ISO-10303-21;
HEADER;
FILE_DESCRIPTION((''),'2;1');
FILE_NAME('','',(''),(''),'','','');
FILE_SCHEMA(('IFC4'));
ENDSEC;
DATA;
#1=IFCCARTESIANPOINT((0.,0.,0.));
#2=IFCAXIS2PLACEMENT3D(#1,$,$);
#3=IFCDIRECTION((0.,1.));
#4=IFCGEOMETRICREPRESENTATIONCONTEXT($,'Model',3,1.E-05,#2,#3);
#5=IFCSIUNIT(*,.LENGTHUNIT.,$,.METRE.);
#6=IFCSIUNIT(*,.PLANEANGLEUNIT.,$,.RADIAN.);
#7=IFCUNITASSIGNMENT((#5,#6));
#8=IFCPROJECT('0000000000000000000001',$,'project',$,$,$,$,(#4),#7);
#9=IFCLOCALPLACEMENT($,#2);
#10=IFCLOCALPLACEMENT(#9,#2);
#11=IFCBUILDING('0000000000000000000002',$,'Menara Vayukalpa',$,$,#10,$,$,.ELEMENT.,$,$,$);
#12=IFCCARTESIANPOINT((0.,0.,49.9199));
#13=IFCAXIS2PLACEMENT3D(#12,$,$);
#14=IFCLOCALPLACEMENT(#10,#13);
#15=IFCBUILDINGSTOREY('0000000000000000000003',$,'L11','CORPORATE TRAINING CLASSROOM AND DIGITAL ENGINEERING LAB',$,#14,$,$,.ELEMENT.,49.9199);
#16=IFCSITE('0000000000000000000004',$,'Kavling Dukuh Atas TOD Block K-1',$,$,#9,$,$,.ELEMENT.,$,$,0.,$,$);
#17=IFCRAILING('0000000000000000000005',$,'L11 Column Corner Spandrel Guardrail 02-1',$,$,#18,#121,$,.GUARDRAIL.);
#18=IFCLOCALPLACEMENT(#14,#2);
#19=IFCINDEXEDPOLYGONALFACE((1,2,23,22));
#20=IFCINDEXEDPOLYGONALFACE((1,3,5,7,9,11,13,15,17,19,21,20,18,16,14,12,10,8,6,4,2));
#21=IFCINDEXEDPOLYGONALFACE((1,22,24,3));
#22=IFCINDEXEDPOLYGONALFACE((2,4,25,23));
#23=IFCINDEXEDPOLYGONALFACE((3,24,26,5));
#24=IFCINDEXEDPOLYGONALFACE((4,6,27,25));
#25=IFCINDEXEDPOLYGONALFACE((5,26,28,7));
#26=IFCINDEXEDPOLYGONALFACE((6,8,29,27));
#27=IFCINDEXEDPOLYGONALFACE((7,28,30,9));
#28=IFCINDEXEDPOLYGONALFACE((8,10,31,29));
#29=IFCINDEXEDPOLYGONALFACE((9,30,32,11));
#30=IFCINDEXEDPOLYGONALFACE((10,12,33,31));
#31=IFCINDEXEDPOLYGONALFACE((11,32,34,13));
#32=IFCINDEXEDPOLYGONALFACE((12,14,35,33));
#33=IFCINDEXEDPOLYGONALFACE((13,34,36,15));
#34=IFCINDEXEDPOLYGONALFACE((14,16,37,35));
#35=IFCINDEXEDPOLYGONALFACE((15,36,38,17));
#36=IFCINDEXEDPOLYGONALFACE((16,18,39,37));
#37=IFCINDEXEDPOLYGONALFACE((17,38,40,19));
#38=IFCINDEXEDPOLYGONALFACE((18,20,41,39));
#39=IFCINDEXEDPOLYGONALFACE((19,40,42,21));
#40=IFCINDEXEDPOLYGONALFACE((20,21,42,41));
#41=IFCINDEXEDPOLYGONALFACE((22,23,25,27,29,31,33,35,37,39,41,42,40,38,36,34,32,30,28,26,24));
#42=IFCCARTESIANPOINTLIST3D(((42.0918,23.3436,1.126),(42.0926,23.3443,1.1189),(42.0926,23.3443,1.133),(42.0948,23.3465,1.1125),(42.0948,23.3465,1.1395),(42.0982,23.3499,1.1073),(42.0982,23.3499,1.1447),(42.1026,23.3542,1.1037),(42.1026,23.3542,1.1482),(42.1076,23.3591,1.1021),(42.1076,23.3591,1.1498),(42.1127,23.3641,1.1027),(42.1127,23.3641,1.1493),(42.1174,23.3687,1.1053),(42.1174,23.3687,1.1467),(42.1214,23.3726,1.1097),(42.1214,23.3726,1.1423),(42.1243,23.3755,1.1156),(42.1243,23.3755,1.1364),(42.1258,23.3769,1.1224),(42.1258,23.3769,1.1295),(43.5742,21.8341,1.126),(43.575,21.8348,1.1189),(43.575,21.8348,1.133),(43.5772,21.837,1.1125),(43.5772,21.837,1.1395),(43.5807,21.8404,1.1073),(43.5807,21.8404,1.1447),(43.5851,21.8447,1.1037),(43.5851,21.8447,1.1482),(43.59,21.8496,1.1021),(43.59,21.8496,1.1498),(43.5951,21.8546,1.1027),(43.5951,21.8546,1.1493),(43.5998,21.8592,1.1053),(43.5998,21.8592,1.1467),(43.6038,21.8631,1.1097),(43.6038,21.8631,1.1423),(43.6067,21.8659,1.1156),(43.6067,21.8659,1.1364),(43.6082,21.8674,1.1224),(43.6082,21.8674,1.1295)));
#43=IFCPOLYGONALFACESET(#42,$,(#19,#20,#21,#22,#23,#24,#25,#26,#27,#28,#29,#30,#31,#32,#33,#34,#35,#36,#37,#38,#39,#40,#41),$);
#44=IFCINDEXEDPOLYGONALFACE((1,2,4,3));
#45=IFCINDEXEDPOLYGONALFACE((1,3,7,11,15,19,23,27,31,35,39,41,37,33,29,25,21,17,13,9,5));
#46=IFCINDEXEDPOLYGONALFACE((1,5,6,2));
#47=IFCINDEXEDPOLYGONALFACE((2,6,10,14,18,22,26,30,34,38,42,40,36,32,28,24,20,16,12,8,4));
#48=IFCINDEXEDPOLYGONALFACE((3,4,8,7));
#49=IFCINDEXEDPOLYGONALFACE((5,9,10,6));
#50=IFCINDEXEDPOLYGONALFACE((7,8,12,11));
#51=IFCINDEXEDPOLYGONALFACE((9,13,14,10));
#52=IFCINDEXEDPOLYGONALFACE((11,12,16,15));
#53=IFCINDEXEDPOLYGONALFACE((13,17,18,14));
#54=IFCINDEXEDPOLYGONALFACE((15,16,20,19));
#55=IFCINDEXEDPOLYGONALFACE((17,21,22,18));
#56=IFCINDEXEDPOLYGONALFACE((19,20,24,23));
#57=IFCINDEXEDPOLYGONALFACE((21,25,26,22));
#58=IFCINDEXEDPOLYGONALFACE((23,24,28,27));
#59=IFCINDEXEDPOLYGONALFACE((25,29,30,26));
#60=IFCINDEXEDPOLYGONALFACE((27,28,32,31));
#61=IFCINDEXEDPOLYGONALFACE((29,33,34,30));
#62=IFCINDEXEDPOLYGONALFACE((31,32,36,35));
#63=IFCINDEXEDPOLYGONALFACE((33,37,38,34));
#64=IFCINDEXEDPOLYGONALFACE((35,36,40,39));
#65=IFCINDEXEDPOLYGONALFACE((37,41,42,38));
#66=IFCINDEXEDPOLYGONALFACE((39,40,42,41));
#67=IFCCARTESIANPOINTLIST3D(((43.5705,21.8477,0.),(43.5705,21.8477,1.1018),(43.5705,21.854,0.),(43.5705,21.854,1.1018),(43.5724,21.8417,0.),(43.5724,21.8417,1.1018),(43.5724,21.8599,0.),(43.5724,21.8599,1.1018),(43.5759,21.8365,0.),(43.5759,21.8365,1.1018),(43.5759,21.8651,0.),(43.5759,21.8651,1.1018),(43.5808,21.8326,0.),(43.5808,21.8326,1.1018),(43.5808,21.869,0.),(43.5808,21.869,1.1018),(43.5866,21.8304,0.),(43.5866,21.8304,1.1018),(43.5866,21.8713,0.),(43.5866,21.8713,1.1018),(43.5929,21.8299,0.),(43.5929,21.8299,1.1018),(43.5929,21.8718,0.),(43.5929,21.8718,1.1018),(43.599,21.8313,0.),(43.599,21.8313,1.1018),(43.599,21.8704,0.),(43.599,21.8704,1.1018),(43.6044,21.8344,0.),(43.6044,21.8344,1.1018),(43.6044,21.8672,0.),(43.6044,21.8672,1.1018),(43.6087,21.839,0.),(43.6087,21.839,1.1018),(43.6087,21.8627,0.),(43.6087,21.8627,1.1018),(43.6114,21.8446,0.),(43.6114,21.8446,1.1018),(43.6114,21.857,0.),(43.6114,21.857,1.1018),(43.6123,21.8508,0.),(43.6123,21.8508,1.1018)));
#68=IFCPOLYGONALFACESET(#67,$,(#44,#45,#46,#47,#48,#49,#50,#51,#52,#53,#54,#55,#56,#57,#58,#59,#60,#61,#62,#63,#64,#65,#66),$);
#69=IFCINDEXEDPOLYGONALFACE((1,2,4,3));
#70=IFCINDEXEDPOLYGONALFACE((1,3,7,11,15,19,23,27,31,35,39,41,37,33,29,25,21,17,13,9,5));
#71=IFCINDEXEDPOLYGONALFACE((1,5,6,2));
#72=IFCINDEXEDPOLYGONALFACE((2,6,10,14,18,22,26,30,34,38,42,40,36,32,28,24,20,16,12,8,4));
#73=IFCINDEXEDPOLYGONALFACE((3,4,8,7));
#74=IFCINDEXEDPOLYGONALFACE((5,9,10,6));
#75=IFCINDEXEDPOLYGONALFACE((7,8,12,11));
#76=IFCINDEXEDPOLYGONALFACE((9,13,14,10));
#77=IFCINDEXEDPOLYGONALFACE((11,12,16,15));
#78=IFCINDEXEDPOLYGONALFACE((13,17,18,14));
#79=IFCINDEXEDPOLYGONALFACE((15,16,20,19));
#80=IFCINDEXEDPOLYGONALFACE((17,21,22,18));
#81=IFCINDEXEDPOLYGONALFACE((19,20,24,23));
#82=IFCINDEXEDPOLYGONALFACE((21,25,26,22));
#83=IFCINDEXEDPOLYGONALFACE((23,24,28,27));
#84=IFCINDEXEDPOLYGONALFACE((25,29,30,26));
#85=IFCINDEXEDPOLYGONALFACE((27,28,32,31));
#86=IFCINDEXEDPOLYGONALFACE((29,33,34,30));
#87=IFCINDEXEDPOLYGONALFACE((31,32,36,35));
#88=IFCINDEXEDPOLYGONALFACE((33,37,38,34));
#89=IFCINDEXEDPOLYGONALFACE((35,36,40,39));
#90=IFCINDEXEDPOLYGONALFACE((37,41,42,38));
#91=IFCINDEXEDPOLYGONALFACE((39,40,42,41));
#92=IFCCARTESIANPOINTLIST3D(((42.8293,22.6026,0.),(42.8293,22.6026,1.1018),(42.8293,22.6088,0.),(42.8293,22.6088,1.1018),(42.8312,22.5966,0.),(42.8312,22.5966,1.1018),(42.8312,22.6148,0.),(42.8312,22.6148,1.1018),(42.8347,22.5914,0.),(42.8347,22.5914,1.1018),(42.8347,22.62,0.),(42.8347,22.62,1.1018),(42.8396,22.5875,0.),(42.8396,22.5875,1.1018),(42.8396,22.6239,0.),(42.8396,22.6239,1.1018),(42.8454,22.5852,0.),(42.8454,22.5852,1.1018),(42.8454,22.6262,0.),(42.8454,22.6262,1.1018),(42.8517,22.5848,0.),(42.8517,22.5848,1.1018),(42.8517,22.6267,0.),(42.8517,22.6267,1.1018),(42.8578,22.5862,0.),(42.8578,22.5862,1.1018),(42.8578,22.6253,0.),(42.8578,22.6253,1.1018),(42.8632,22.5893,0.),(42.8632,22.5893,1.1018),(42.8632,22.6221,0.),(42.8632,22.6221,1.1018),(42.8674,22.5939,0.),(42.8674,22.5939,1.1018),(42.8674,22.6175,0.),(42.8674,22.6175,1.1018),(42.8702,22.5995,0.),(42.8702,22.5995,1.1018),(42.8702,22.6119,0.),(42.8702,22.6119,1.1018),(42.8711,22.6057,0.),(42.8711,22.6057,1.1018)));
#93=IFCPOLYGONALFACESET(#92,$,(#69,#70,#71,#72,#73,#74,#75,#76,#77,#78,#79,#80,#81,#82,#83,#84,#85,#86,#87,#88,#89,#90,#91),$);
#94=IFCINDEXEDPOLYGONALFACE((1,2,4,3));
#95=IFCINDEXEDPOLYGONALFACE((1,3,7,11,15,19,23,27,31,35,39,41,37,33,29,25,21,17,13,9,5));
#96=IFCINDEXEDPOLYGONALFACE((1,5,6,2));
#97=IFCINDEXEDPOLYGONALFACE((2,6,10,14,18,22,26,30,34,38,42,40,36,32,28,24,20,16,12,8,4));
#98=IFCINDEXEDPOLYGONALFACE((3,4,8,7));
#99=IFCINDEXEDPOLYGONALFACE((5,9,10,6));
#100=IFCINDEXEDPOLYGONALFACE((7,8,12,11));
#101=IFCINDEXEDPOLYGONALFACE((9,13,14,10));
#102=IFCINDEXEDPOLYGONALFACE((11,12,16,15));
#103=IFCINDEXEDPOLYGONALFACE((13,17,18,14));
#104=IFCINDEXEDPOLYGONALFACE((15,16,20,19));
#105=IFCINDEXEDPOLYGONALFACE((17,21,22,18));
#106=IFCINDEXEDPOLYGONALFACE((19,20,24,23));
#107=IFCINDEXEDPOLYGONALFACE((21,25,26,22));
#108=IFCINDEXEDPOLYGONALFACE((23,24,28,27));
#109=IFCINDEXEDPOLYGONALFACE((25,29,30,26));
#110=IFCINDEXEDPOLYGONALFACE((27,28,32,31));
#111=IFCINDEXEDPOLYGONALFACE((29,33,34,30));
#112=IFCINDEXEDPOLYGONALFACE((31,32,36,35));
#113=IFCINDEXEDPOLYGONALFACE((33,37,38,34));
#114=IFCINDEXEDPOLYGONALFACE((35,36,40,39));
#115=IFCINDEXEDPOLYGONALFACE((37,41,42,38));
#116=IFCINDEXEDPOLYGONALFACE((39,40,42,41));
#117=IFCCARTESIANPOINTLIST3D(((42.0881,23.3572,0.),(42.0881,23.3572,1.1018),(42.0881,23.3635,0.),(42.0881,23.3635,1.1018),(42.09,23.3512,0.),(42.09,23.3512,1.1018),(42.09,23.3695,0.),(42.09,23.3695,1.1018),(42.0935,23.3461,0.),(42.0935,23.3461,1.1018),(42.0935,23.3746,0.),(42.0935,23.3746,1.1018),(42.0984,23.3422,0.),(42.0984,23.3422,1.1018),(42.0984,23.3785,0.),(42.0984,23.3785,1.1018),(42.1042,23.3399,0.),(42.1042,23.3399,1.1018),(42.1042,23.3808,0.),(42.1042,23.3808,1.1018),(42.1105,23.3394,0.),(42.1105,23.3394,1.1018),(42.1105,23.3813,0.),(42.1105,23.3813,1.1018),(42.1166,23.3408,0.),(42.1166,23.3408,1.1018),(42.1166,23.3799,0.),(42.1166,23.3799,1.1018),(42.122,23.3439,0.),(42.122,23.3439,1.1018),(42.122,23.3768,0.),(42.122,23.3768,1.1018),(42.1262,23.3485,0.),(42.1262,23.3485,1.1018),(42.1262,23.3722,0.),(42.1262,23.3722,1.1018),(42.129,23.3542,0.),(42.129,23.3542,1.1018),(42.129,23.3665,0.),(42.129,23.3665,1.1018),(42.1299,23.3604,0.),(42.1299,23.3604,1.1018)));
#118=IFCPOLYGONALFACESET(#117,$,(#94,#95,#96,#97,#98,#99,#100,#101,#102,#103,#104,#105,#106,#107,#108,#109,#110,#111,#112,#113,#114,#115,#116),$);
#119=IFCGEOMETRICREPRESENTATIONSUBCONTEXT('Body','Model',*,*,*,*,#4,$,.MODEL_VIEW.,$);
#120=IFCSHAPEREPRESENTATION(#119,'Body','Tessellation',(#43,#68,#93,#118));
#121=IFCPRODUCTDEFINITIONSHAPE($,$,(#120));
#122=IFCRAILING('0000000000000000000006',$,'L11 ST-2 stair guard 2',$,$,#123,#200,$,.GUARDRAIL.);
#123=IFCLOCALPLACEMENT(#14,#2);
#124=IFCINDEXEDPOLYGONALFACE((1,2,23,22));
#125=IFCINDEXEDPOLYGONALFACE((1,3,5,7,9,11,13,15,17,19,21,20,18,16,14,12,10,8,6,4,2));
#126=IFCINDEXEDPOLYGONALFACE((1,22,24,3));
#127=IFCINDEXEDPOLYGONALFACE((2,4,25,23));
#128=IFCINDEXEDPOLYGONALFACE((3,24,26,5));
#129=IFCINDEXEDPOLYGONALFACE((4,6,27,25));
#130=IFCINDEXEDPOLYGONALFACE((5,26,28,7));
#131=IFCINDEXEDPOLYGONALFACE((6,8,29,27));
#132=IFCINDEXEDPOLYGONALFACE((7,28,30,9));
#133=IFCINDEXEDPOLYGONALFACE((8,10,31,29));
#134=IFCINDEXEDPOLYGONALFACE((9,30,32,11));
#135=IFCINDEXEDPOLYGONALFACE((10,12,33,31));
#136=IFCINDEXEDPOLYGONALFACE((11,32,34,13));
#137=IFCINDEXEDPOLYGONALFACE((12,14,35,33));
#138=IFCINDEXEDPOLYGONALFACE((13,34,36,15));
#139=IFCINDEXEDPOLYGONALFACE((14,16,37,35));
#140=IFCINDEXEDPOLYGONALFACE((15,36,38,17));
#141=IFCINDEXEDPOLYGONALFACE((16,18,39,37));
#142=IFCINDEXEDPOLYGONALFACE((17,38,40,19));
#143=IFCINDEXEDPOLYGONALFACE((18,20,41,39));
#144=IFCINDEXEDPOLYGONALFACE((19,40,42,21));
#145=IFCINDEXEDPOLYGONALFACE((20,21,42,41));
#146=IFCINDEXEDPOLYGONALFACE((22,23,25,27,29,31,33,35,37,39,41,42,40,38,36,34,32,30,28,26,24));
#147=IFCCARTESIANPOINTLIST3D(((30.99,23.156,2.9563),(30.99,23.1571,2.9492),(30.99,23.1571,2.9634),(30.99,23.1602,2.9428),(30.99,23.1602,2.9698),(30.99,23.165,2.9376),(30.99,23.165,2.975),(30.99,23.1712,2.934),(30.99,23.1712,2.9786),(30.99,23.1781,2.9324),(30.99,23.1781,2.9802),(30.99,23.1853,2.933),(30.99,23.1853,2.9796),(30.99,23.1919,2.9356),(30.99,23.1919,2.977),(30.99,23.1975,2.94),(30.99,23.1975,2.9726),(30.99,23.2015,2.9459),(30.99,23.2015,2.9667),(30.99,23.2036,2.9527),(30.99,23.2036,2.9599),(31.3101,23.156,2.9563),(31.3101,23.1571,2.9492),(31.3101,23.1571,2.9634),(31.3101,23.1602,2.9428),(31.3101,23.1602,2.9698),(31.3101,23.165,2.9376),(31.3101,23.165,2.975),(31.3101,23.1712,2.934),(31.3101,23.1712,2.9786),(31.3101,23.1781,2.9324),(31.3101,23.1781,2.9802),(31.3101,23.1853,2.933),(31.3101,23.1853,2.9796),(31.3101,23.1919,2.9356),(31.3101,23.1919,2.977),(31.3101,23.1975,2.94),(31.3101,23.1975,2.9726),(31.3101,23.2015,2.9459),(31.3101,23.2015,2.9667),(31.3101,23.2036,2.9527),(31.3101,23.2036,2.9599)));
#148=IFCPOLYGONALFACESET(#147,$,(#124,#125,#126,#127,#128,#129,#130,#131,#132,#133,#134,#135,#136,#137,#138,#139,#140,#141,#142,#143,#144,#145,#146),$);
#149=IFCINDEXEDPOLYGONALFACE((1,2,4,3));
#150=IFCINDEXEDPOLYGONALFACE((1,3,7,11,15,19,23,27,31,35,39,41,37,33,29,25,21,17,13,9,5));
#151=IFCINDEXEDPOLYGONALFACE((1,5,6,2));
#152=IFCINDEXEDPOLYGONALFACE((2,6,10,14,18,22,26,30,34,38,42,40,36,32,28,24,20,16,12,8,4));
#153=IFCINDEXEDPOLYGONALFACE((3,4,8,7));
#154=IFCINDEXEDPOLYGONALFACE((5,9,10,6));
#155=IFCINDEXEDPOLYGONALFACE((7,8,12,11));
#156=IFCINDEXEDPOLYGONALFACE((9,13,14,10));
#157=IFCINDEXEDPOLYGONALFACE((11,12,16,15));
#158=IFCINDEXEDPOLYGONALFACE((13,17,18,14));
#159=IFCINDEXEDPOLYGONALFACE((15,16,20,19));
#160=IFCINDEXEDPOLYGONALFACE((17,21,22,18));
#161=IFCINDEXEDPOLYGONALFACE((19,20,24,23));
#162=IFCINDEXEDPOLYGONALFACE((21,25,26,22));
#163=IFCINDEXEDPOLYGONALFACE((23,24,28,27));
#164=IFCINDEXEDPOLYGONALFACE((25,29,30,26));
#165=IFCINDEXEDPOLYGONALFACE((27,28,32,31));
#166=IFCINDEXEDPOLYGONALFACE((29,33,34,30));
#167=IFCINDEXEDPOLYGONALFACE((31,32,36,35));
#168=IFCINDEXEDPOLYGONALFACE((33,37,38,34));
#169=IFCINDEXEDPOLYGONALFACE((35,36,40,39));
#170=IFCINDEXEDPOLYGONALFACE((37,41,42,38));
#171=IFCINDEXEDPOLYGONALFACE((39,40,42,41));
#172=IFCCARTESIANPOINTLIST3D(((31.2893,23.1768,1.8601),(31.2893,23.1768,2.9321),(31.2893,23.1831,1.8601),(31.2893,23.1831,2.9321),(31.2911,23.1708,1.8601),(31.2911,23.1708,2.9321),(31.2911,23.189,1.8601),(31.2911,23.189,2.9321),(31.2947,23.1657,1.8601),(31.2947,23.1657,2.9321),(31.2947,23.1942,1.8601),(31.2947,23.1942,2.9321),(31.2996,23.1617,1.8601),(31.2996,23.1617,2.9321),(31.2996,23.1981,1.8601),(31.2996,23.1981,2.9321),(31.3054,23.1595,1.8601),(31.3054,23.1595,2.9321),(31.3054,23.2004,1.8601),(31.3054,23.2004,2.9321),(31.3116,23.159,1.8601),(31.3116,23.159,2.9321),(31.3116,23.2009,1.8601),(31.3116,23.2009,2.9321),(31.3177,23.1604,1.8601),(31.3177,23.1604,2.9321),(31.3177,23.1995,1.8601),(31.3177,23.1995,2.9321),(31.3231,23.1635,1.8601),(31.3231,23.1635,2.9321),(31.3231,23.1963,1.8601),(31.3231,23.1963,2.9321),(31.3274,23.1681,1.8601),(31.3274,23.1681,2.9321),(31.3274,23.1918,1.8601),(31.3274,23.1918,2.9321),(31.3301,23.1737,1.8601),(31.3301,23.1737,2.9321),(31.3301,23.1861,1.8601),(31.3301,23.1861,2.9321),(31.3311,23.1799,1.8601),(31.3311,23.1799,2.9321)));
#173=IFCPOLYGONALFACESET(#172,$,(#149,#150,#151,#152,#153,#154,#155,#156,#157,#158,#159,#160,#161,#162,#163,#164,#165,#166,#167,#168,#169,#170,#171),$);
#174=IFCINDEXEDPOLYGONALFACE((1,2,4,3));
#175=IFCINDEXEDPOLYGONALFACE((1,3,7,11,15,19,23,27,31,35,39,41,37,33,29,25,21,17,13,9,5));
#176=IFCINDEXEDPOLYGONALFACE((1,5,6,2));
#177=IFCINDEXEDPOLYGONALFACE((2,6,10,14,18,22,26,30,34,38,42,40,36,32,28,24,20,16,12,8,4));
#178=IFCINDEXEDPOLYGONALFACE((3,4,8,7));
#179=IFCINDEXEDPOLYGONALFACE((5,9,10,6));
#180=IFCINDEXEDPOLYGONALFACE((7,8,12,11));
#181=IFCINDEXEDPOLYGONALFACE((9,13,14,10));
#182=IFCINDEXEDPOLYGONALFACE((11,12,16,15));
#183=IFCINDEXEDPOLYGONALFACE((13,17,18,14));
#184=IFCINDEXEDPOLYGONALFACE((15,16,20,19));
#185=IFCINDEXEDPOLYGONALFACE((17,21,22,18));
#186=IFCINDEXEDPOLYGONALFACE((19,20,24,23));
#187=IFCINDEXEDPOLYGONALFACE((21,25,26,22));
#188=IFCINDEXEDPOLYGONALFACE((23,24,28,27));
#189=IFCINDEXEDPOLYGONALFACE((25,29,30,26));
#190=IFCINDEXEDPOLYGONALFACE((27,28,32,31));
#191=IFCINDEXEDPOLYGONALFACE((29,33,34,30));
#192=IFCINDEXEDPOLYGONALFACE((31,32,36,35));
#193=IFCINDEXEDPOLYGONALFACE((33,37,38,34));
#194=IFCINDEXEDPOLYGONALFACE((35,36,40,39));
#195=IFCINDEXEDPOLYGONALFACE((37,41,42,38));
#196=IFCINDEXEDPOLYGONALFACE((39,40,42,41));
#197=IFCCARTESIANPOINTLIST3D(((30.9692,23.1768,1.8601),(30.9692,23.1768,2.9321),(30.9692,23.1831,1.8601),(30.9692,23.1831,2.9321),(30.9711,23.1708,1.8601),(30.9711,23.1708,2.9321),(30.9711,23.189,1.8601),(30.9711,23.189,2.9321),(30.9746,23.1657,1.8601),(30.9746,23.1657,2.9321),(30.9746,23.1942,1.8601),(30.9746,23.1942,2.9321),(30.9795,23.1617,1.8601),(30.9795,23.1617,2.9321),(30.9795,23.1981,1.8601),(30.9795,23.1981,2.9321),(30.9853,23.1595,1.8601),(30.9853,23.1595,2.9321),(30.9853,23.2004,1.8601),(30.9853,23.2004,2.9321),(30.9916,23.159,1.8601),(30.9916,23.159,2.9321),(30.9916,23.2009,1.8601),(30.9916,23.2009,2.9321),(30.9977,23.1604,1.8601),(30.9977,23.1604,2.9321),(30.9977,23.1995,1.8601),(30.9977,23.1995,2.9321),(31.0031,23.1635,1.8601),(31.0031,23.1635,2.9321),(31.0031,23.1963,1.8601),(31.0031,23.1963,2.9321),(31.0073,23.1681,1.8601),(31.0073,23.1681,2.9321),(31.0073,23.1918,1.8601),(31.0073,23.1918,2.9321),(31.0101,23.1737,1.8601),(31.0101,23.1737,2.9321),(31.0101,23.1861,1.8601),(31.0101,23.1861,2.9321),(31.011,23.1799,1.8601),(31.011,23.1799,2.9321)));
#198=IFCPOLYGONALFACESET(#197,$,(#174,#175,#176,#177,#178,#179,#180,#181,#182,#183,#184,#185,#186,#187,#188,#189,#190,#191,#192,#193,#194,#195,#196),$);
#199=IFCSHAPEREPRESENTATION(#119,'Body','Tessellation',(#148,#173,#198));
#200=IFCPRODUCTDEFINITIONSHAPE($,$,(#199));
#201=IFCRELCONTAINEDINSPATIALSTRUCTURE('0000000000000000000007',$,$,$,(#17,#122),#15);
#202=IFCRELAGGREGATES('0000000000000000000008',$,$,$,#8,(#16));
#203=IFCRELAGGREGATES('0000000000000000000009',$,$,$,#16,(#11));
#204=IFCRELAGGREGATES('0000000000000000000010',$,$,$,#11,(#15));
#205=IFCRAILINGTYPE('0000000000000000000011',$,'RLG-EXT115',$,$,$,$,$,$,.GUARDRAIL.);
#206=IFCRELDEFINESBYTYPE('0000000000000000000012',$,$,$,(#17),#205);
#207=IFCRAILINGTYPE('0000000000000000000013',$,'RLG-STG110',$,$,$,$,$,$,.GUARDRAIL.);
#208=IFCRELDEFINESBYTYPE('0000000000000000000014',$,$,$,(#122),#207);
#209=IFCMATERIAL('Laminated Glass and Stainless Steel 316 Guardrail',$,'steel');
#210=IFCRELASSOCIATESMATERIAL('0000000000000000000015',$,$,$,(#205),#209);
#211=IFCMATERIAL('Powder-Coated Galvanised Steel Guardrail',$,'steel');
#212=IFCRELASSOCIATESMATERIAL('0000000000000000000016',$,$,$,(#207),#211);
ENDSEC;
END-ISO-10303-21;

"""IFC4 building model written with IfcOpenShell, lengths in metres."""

from ifc_helpers import new_model, si_unit, direction, frame, origin, origin_2d, place, context, subcontext, project, spatial, circle, extrude, material, type_object, element, save


model = new_model("IFC4")

# Units and contexts
model_context = context("Model", 3, precision=1e-05, world=origin(), true_north=direction((0.0, 1.0)))
body_context = subcontext(model_context, "Body", "Model", "MODEL_VIEW")
ifc_project = project(units=[si_unit("LENGTHUNIT", "METRE"), si_unit("PLANEANGLEUNIT", "RADIAN")], contexts=[model_context])

# Site, building, storey
site_placement = place(None, origin())
site = spatial("IfcSite", under=ifc_project, at=site_placement, Name="Kavling Dukuh Atas TOD Block K-1", CompositionType="ELEMENT", RefElevation=0.0)
building_placement = place(site_placement, origin())
building = spatial("IfcBuilding", under=site, at=building_placement, Name="Menara Vayukalpa", CompositionType="ELEMENT")
storey_placement = place(building_placement, frame((0.0, 0.0, 49.9199)))
storey = spatial("IfcBuildingStorey", under=building, at=storey_placement, Name="L11", Description="CORPORATE TRAINING CLASSROOM AND DIGITAL ENGINEERING LAB", CompositionType="ELEMENT", Elevation=49.9199)

# Railings
ifc_material_1 = material(Name="Laminated Glass and Stainless Steel 316 Guardrail", Category="steel")
railing_type_1 = type_object("IfcRailingType", Name="RLG-EXT115", PredefinedType="GUARDRAIL", material=ifc_material_1)
railing_1_placement = place(storey_placement, frame((43.5913, 21.8508, 0.0)))
element("IfcRailing", 1, at=railing_1_placement, inside=storey, type_object=railing_type_1, Name="L11 Column Corner Spandrel Guardrail 02-1", PredefinedType="GUARDRAIL", context=body_context, shape_type="SweptSolid", body=[
    extrude(circle(Radius=0.0239, at=origin_2d()), frame((0.0, 0.0, 1.126), z_axis=(-0.700673, 0.713482, 0.0), x_axis=(-0.713482, -0.700673, 0.0)), (0.0, 0.0, 1.0), 2.1157),
    extrude(circle(Radius=0.021, at=origin_2d()), origin(), (0.0, 0.0, 1.0), 1.1018),
    extrude(circle(Radius=0.021, at=origin_2d()), frame((-0.7412, 0.7549, 0.0)), (0.0, 0.0, 1.0), 1.1018),
    extrude(circle(Radius=0.021, at=origin_2d()), frame((-1.4824, 1.5095, 0.0)), (0.0, 0.0, 1.0), 1.1018),
])
ifc_material_2 = material(Name="Powder-Coated Galvanised Steel Guardrail", Category="steel")
railing_type_2 = type_object("IfcRailingType", Name="RLG-STG110", PredefinedType="GUARDRAIL", material=ifc_material_2)
railing_2_placement = place(storey_placement, frame((31.3101, 23.1799, 1.8601)))
element("IfcRailing", 2, at=railing_2_placement, inside=storey, type_object=railing_type_2, Name="L11 ST-2 stair guard 2", PredefinedType="GUARDRAIL", context=body_context, shape_type="SweptSolid", body=[
    extrude(circle(Radius=0.0239, at=origin_2d()), frame((0.0, 0.0, 1.0962), z_axis=(-1.0, 0.0, 0.0), x_axis=(0.0, -1.0, 0.0)), (0.0, 0.0, 1.0), 0.3201),
    extrude(circle(Radius=0.021, at=origin_2d()), origin(), (0.0, 0.0, 1.0), 1.072),
    extrude(circle(Radius=0.021, at=origin_2d()), frame((-0.3201, 0.0, 0.0)), (0.0, 0.0, 1.0), 1.072),
])

save(model, "model.ifc")
